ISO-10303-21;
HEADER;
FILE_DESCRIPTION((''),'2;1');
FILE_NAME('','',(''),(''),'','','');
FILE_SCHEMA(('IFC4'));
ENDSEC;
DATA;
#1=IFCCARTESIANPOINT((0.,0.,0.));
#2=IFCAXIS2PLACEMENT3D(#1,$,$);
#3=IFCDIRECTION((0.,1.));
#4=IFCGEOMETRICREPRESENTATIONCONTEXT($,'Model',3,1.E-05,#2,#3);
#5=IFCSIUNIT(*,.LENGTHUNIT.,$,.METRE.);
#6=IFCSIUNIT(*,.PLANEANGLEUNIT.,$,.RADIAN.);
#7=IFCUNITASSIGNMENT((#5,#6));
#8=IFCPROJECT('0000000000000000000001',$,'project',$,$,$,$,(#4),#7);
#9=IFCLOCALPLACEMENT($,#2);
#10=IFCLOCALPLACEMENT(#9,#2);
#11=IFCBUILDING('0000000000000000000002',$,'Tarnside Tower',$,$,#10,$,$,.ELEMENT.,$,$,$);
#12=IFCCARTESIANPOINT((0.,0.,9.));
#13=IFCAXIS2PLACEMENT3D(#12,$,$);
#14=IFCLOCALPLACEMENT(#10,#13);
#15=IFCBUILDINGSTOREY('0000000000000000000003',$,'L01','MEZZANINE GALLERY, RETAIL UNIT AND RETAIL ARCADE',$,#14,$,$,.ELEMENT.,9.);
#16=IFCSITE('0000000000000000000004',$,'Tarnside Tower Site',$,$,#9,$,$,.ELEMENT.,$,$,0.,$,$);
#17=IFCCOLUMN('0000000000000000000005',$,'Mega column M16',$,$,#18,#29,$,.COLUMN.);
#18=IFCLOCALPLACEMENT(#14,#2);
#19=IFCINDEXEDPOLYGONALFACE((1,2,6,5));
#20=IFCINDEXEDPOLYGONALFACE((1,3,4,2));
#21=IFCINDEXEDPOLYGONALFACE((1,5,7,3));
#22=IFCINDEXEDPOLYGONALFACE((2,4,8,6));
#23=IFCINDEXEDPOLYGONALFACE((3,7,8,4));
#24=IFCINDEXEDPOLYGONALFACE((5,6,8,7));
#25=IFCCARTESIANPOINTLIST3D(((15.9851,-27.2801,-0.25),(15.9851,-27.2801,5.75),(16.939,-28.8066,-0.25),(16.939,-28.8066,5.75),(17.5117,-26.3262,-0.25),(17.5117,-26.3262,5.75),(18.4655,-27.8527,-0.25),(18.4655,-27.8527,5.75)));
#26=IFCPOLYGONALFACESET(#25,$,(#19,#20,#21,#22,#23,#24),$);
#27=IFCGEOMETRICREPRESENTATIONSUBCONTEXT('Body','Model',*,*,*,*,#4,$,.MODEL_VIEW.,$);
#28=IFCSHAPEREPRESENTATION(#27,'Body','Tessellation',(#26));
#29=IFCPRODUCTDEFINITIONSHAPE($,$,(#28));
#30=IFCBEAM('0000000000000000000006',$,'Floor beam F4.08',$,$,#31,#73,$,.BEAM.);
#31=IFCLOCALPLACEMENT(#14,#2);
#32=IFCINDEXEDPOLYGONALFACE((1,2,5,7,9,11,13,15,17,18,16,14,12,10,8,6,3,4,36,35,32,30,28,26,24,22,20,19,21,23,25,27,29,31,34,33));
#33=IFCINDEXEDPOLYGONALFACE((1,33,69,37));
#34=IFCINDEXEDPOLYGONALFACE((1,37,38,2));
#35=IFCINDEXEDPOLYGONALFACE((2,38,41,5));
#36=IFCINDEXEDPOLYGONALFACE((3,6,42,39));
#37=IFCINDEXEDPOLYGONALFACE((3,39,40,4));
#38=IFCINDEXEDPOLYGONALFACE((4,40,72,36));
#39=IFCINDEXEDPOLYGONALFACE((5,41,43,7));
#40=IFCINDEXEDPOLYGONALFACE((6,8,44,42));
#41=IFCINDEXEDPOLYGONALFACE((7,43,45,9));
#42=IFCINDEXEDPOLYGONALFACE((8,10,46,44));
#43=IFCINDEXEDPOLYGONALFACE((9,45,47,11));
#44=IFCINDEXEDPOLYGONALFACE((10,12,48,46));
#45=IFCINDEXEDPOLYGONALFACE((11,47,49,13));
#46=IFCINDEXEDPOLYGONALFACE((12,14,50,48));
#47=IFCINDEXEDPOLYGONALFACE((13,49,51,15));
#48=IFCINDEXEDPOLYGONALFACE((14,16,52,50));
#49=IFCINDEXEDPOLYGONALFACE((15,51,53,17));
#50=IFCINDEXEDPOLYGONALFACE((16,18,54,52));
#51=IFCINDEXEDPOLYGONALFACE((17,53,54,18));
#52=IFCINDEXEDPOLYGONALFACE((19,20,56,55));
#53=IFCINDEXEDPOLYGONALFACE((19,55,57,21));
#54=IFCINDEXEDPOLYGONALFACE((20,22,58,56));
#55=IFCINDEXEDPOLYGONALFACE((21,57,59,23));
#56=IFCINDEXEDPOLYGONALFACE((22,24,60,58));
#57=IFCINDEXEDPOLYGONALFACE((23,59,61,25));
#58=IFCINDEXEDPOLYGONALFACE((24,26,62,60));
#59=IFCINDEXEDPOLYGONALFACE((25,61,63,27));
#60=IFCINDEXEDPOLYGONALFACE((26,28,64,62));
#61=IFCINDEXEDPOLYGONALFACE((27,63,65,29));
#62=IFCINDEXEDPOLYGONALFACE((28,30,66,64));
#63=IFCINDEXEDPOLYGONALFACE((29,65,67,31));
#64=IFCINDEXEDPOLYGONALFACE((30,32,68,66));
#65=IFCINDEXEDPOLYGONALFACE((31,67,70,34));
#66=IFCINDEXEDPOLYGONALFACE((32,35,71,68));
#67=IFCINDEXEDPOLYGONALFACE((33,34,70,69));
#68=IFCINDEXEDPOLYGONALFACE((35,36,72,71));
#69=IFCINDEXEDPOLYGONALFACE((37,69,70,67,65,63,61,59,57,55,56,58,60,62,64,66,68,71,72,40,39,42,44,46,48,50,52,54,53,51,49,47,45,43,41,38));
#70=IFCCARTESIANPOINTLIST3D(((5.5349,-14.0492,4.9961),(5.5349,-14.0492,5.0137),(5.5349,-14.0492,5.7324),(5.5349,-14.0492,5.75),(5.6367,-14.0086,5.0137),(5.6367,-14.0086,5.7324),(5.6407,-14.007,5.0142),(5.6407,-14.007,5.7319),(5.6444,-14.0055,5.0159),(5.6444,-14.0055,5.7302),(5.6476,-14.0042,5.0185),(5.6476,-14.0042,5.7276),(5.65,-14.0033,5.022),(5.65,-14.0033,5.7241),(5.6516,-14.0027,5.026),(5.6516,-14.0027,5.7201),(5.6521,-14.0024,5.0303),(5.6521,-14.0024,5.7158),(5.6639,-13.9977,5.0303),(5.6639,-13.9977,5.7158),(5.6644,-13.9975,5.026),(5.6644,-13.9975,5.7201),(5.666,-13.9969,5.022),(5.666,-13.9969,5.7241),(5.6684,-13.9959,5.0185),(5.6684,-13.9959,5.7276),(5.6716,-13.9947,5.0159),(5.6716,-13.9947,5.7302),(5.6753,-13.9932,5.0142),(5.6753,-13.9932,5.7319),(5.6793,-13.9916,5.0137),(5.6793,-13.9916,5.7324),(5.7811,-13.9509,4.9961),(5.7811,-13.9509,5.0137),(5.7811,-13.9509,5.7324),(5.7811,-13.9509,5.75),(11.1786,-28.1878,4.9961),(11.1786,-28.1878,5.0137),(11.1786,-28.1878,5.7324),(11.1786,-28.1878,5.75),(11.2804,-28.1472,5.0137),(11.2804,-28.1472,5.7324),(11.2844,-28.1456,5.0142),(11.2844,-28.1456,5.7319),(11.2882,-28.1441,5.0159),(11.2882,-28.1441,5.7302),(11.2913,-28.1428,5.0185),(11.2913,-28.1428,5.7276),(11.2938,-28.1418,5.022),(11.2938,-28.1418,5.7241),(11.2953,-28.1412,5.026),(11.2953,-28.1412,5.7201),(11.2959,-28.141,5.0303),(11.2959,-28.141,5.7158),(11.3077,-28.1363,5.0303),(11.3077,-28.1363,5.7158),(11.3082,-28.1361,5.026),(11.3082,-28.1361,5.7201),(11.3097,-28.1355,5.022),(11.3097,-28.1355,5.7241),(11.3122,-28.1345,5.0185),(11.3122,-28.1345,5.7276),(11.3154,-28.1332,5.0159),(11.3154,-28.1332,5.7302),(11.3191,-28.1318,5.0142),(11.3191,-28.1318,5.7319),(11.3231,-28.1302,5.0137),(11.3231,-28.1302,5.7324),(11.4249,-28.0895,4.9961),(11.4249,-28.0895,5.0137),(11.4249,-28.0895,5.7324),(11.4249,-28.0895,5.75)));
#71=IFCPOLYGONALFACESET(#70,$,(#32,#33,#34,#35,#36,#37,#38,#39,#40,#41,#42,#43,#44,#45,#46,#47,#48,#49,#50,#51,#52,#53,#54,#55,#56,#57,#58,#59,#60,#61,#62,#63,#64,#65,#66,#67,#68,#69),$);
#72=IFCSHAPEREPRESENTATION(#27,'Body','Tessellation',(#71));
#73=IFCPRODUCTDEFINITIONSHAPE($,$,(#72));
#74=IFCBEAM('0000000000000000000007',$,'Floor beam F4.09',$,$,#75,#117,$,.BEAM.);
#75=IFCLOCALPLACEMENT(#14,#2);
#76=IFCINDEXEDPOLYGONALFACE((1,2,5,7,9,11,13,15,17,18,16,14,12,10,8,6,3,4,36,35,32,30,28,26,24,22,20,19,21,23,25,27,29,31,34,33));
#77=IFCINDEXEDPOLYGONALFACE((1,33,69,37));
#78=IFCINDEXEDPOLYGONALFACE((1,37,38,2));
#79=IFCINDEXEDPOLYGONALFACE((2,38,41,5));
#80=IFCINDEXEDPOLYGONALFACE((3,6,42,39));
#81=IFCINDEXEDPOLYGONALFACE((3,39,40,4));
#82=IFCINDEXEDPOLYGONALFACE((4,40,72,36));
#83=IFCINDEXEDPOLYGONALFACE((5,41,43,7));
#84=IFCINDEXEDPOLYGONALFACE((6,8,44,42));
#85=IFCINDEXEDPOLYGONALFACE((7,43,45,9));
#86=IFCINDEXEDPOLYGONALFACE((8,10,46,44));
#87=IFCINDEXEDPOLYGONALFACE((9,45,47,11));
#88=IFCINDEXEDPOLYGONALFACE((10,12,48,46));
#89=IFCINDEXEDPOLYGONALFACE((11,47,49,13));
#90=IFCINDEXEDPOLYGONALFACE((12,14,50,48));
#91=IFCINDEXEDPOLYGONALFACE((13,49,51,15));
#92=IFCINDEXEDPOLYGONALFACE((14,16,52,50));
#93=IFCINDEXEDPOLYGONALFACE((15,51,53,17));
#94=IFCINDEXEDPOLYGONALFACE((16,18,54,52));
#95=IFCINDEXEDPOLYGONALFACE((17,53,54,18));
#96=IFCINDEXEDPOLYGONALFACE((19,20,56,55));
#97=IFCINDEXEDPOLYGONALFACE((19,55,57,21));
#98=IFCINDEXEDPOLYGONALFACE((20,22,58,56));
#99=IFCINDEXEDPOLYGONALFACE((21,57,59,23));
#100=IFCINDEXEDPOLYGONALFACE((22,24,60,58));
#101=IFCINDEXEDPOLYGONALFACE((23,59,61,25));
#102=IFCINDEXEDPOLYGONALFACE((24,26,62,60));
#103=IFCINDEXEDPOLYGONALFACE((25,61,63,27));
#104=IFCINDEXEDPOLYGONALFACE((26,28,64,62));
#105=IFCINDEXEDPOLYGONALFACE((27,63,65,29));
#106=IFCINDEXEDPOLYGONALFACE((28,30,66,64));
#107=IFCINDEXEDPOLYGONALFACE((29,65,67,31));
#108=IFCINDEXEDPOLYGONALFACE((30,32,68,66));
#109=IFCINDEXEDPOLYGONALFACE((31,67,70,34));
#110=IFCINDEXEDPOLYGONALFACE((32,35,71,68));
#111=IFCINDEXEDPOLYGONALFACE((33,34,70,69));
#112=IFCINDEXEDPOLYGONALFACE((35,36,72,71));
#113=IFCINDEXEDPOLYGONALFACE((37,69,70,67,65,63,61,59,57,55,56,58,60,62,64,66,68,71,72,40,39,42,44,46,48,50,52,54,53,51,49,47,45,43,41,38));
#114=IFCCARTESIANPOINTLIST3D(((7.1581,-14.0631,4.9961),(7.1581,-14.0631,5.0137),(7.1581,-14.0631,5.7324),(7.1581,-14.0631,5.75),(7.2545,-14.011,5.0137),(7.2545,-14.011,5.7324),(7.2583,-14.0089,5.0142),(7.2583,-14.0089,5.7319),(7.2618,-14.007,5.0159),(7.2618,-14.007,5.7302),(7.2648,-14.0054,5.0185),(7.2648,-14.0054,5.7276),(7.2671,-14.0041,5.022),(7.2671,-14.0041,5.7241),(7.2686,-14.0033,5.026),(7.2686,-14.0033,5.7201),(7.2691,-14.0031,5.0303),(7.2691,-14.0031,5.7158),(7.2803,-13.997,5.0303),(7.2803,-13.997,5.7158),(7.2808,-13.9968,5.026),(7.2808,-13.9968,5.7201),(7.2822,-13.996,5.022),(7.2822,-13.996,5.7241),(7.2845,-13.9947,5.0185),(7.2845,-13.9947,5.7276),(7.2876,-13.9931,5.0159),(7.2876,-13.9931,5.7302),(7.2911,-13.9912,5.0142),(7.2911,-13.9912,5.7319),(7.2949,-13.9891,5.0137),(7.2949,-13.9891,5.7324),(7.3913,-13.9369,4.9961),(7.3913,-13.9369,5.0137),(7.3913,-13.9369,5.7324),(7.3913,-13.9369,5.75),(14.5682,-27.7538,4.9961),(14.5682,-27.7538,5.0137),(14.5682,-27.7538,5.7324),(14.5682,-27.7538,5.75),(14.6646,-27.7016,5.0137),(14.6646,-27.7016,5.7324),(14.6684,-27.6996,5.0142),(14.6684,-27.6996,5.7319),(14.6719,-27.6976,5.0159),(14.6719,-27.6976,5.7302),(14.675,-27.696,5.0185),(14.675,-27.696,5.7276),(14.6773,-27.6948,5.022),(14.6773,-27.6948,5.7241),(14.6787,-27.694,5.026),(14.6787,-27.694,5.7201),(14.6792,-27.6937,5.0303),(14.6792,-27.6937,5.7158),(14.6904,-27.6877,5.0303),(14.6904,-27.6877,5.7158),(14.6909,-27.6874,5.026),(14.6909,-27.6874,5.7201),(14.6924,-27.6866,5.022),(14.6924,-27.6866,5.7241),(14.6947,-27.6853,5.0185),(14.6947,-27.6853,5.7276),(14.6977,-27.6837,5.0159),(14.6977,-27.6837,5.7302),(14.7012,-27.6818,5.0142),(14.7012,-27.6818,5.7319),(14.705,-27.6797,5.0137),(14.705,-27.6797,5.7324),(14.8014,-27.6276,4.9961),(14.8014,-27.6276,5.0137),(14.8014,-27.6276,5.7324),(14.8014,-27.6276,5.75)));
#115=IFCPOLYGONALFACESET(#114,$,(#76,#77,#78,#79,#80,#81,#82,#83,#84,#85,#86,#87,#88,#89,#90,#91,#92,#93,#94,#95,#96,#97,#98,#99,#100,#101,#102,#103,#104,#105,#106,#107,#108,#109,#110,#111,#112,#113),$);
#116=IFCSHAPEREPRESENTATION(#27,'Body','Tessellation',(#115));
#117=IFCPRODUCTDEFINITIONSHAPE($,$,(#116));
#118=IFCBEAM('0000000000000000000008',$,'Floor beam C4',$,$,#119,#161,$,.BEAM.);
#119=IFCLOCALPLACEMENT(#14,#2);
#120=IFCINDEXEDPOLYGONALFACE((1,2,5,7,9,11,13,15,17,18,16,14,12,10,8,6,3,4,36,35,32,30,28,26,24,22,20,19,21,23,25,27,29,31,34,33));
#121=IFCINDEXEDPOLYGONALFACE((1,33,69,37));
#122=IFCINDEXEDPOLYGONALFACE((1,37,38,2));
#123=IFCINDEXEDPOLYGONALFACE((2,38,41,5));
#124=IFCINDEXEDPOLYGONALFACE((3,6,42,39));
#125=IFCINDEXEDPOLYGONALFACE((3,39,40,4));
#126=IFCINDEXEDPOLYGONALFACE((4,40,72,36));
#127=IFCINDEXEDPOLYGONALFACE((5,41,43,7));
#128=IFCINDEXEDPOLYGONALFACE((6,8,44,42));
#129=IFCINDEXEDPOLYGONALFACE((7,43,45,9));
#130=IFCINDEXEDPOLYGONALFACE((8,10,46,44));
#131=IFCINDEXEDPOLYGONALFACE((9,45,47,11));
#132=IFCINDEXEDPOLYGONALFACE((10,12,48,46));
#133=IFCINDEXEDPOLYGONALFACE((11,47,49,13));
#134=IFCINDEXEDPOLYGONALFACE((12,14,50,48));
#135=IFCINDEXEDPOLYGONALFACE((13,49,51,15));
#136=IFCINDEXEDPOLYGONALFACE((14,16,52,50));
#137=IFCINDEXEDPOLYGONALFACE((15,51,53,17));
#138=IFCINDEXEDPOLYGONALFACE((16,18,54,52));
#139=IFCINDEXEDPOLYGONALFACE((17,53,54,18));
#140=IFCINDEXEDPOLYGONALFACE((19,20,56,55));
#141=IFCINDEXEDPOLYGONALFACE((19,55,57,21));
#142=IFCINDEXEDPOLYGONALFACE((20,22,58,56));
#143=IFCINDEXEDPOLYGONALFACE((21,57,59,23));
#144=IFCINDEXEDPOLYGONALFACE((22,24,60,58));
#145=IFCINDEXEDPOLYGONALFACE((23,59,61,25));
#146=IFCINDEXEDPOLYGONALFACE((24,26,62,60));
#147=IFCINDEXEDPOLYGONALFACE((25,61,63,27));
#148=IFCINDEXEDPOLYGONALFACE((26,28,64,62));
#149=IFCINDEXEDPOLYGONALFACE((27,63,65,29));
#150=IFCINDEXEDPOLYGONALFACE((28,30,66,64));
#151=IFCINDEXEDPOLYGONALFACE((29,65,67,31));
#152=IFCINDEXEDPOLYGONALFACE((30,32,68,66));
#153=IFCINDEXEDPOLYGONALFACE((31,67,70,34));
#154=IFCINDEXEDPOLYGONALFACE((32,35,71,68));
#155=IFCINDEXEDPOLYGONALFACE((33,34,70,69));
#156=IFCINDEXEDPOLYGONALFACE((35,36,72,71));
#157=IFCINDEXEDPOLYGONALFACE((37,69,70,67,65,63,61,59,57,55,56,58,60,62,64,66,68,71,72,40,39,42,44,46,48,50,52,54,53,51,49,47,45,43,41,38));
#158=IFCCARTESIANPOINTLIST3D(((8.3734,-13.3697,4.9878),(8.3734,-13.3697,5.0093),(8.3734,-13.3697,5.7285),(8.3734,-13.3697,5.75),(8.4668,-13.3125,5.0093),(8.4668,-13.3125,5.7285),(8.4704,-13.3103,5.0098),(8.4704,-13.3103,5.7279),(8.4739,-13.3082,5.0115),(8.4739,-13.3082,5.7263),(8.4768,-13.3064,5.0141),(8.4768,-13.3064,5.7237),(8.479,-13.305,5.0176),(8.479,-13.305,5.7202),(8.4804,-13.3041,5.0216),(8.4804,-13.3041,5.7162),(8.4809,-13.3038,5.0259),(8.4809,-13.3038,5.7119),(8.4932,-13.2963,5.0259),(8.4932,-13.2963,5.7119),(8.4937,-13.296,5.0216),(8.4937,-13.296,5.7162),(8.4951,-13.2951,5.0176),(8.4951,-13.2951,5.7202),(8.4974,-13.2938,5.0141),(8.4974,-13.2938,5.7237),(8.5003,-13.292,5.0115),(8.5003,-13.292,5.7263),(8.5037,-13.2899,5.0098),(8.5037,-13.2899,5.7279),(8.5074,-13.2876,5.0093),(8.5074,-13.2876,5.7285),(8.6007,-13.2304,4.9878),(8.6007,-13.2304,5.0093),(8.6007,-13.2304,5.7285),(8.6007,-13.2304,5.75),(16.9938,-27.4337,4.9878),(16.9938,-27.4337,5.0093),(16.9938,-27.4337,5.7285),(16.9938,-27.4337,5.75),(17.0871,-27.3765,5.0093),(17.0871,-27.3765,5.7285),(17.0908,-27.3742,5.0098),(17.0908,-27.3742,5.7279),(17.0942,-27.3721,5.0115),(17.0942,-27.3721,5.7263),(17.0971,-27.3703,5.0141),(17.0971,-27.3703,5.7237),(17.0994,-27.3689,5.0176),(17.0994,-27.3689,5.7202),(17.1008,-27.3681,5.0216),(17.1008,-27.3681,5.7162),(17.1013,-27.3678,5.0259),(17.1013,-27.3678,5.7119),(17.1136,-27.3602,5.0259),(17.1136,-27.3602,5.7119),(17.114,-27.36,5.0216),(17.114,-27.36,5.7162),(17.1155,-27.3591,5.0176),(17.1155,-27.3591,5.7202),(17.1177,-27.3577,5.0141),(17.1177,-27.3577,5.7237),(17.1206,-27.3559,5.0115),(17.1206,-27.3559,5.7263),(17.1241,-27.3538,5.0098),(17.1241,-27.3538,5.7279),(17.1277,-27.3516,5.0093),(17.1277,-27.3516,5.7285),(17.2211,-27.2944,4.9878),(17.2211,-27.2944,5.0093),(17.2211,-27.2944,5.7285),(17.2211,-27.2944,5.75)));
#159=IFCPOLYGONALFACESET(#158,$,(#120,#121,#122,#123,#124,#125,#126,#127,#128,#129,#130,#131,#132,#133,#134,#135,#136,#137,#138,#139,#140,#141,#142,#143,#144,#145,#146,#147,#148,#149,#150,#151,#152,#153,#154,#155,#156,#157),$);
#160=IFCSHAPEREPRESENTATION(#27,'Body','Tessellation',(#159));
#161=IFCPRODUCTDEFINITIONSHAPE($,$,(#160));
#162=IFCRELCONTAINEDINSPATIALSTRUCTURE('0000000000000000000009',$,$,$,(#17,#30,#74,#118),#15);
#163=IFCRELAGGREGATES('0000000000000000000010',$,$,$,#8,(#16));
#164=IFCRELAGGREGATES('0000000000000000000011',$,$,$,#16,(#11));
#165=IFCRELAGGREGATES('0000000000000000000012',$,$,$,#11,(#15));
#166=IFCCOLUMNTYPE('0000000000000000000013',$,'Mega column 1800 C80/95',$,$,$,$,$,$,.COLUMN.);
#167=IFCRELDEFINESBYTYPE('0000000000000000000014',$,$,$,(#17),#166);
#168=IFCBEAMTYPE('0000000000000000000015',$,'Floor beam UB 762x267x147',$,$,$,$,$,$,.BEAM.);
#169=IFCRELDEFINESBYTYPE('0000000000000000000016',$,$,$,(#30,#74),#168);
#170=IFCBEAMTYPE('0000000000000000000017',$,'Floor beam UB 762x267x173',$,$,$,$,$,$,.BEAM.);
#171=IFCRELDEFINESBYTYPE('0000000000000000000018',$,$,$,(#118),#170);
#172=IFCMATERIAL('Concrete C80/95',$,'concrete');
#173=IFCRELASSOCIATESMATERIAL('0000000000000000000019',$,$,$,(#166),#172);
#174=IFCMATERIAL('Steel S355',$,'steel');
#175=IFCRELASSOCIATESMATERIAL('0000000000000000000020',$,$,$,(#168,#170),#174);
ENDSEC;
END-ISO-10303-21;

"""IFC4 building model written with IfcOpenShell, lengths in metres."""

from ifc_helpers import new_model, si_unit, direction, frame, origin, origin_2d, place, context, subcontext, project, spatial, rectangle, i_section, extrude, material, material_profile, profile_set, type_object, element, save


model = new_model("IFC4")

# Units and contexts
model_context = context("Model", 3, precision=1e-05, world=origin(), true_north=direction((0.0, 1.0)))
body_context = subcontext(model_context, "Body", "Model", "MODEL_VIEW")
ifc_project = project(units=[si_unit("LENGTHUNIT", "METRE"), si_unit("PLANEANGLEUNIT", "RADIAN")], contexts=[model_context])

# Site, building, storey
site_placement = place(None, origin())
site = spatial("IfcSite", under=ifc_project, at=site_placement, Name="Tarnside Tower Site", CompositionType="ELEMENT", RefElevation=0.0)
building_placement = place(site_placement, origin())
building = spatial("IfcBuilding", under=site, at=building_placement, Name="Tarnside Tower", CompositionType="ELEMENT")
storey_placement = place(building_placement, frame((0.0, 0.0, 9.0)))
storey = spatial("IfcBuildingStorey", under=building, at=storey_placement, Name="L01", Description="MEZZANINE GALLERY, RETAIL UNIT AND RETAIL ARCADE", CompositionType="ELEMENT", Elevation=9.0)

# Column
ifc_material_1 = material(Name="Concrete C80/95", Category="concrete")
ifc_material_profile_1 = material_profile(ifc_material_1, rectangle(XDim=1.8, YDim=1.8, at=origin_2d()), Name="Mega column 1800x1800")
ifc_profile_set_1 = profile_set([ifc_material_profile_1], Name="Concrete C80/95")
column_type = type_object("IfcColumnType", Name="Mega column 1800 C80/95", PredefinedType="COLUMN", material=ifc_profile_set_1)
column_placement = place(storey_placement, frame((17.2253, -27.5664, -0.25), z_axis=(0.0, 0.0, 1.0), x_axis=(-0.848048, -0.529919, 0.0)))
element("IfcColumn", 1, at=column_placement, inside=storey, type_object=column_type, Name="Mega column M16", PredefinedType="COLUMN", context=body_context, shape_type="SweptSolid", body=[
    extrude(rectangle(XDim=1.8, YDim=1.8, at=origin_2d()), origin(), (0.0, 0.0, 1.0), 6.0),
])

# Beams
ifc_material_2 = material(Name="Steel S355", Category="steel")
ifc_material_profile_2 = material_profile(ifc_material_2, i_section(OverallWidth=0.2651, OverallDepth=0.7539, WebThickness=0.0127, FlangeThickness=0.0176, FilletRadius=0.0166, at=origin_2d()), Name="UB 762x267x147")
ifc_profile_set_2 = profile_set([ifc_material_profile_2], Name="Steel S355")
beam_type_1 = type_object("IfcBeamType", Name="Floor beam UB 762x267x147", PredefinedType="BEAM", material=ifc_profile_set_2)
beam_1_placement = place(storey_placement, frame((11.3018, -28.1387, 5.373), z_axis=(-0.37073, 0.928741, 0.0), x_axis=(-0.928741, -0.37073, 0.0)))
element("IfcBeam", 2, at=beam_1_placement, inside=storey, type_object=beam_type_1, Name="Floor beam F4.08", PredefinedType="BEAM", context=body_context, shape_type="SweptSolid", body=[
    extrude(i_section(OverallWidth=0.2651, OverallDepth=0.7539, WebThickness=0.0127, FlangeThickness=0.0176, FilletRadius=0.0166, at=origin_2d()), origin(), (0.0, 0.0, 1.0), 15.2234),
])
beam_2_placement = place(storey_placement, frame((14.6848, -27.6907, 5.373), z_axis=(-0.476004, 0.879443, 0.0), x_axis=(-0.879443, -0.476004, 0.0)))
element("IfcBeam", 3, at=beam_2_placement, inside=storey, type_object=beam_type_1, Name="Floor beam F4.09", PredefinedType="BEAM", context=body_context, shape_type="SweptSolid", body=[
    extrude(i_section(OverallWidth=0.2651, OverallDepth=0.7539, WebThickness=0.0127, FlangeThickness=0.0176, FilletRadius=0.0166, at=origin_2d()), origin(), (0.0, 0.0, 1.0), 15.5674),
])
ifc_material_profile_3 = material_profile(ifc_material_2, i_section(OverallWidth=0.2666, OverallDepth=0.7622, WebThickness=0.0144, FlangeThickness=0.0215, FilletRadius=0.0166, at=origin_2d()), Name="UB 762x267x173")
ifc_profile_set_3 = profile_set([ifc_material_profile_3], Name="Steel S355")
beam_type_2 = type_object("IfcBeamType", Name="Floor beam UB 762x267x173", PredefinedType="BEAM", material=ifc_profile_set_3)
beam_3_placement = place(storey_placement, frame((17.1074, -27.364, 5.3689), z_axis=(-0.522585, 0.852587, 0.0), x_axis=(-0.852587, -0.522585, 0.0)))
element("IfcBeam", 4, at=beam_3_placement, inside=storey, type_object=beam_type_2, Name="Floor beam C4", PredefinedType="BEAM", context=body_context, shape_type="SweptSolid", body=[
    extrude(i_section(OverallWidth=0.2666, OverallDepth=0.7622, WebThickness=0.0144, FlangeThickness=0.0215, FilletRadius=0.0166, at=origin_2d()), origin(), (0.0, 0.0, 1.0), 16.4956),
])

save(model, "model.ifc")
